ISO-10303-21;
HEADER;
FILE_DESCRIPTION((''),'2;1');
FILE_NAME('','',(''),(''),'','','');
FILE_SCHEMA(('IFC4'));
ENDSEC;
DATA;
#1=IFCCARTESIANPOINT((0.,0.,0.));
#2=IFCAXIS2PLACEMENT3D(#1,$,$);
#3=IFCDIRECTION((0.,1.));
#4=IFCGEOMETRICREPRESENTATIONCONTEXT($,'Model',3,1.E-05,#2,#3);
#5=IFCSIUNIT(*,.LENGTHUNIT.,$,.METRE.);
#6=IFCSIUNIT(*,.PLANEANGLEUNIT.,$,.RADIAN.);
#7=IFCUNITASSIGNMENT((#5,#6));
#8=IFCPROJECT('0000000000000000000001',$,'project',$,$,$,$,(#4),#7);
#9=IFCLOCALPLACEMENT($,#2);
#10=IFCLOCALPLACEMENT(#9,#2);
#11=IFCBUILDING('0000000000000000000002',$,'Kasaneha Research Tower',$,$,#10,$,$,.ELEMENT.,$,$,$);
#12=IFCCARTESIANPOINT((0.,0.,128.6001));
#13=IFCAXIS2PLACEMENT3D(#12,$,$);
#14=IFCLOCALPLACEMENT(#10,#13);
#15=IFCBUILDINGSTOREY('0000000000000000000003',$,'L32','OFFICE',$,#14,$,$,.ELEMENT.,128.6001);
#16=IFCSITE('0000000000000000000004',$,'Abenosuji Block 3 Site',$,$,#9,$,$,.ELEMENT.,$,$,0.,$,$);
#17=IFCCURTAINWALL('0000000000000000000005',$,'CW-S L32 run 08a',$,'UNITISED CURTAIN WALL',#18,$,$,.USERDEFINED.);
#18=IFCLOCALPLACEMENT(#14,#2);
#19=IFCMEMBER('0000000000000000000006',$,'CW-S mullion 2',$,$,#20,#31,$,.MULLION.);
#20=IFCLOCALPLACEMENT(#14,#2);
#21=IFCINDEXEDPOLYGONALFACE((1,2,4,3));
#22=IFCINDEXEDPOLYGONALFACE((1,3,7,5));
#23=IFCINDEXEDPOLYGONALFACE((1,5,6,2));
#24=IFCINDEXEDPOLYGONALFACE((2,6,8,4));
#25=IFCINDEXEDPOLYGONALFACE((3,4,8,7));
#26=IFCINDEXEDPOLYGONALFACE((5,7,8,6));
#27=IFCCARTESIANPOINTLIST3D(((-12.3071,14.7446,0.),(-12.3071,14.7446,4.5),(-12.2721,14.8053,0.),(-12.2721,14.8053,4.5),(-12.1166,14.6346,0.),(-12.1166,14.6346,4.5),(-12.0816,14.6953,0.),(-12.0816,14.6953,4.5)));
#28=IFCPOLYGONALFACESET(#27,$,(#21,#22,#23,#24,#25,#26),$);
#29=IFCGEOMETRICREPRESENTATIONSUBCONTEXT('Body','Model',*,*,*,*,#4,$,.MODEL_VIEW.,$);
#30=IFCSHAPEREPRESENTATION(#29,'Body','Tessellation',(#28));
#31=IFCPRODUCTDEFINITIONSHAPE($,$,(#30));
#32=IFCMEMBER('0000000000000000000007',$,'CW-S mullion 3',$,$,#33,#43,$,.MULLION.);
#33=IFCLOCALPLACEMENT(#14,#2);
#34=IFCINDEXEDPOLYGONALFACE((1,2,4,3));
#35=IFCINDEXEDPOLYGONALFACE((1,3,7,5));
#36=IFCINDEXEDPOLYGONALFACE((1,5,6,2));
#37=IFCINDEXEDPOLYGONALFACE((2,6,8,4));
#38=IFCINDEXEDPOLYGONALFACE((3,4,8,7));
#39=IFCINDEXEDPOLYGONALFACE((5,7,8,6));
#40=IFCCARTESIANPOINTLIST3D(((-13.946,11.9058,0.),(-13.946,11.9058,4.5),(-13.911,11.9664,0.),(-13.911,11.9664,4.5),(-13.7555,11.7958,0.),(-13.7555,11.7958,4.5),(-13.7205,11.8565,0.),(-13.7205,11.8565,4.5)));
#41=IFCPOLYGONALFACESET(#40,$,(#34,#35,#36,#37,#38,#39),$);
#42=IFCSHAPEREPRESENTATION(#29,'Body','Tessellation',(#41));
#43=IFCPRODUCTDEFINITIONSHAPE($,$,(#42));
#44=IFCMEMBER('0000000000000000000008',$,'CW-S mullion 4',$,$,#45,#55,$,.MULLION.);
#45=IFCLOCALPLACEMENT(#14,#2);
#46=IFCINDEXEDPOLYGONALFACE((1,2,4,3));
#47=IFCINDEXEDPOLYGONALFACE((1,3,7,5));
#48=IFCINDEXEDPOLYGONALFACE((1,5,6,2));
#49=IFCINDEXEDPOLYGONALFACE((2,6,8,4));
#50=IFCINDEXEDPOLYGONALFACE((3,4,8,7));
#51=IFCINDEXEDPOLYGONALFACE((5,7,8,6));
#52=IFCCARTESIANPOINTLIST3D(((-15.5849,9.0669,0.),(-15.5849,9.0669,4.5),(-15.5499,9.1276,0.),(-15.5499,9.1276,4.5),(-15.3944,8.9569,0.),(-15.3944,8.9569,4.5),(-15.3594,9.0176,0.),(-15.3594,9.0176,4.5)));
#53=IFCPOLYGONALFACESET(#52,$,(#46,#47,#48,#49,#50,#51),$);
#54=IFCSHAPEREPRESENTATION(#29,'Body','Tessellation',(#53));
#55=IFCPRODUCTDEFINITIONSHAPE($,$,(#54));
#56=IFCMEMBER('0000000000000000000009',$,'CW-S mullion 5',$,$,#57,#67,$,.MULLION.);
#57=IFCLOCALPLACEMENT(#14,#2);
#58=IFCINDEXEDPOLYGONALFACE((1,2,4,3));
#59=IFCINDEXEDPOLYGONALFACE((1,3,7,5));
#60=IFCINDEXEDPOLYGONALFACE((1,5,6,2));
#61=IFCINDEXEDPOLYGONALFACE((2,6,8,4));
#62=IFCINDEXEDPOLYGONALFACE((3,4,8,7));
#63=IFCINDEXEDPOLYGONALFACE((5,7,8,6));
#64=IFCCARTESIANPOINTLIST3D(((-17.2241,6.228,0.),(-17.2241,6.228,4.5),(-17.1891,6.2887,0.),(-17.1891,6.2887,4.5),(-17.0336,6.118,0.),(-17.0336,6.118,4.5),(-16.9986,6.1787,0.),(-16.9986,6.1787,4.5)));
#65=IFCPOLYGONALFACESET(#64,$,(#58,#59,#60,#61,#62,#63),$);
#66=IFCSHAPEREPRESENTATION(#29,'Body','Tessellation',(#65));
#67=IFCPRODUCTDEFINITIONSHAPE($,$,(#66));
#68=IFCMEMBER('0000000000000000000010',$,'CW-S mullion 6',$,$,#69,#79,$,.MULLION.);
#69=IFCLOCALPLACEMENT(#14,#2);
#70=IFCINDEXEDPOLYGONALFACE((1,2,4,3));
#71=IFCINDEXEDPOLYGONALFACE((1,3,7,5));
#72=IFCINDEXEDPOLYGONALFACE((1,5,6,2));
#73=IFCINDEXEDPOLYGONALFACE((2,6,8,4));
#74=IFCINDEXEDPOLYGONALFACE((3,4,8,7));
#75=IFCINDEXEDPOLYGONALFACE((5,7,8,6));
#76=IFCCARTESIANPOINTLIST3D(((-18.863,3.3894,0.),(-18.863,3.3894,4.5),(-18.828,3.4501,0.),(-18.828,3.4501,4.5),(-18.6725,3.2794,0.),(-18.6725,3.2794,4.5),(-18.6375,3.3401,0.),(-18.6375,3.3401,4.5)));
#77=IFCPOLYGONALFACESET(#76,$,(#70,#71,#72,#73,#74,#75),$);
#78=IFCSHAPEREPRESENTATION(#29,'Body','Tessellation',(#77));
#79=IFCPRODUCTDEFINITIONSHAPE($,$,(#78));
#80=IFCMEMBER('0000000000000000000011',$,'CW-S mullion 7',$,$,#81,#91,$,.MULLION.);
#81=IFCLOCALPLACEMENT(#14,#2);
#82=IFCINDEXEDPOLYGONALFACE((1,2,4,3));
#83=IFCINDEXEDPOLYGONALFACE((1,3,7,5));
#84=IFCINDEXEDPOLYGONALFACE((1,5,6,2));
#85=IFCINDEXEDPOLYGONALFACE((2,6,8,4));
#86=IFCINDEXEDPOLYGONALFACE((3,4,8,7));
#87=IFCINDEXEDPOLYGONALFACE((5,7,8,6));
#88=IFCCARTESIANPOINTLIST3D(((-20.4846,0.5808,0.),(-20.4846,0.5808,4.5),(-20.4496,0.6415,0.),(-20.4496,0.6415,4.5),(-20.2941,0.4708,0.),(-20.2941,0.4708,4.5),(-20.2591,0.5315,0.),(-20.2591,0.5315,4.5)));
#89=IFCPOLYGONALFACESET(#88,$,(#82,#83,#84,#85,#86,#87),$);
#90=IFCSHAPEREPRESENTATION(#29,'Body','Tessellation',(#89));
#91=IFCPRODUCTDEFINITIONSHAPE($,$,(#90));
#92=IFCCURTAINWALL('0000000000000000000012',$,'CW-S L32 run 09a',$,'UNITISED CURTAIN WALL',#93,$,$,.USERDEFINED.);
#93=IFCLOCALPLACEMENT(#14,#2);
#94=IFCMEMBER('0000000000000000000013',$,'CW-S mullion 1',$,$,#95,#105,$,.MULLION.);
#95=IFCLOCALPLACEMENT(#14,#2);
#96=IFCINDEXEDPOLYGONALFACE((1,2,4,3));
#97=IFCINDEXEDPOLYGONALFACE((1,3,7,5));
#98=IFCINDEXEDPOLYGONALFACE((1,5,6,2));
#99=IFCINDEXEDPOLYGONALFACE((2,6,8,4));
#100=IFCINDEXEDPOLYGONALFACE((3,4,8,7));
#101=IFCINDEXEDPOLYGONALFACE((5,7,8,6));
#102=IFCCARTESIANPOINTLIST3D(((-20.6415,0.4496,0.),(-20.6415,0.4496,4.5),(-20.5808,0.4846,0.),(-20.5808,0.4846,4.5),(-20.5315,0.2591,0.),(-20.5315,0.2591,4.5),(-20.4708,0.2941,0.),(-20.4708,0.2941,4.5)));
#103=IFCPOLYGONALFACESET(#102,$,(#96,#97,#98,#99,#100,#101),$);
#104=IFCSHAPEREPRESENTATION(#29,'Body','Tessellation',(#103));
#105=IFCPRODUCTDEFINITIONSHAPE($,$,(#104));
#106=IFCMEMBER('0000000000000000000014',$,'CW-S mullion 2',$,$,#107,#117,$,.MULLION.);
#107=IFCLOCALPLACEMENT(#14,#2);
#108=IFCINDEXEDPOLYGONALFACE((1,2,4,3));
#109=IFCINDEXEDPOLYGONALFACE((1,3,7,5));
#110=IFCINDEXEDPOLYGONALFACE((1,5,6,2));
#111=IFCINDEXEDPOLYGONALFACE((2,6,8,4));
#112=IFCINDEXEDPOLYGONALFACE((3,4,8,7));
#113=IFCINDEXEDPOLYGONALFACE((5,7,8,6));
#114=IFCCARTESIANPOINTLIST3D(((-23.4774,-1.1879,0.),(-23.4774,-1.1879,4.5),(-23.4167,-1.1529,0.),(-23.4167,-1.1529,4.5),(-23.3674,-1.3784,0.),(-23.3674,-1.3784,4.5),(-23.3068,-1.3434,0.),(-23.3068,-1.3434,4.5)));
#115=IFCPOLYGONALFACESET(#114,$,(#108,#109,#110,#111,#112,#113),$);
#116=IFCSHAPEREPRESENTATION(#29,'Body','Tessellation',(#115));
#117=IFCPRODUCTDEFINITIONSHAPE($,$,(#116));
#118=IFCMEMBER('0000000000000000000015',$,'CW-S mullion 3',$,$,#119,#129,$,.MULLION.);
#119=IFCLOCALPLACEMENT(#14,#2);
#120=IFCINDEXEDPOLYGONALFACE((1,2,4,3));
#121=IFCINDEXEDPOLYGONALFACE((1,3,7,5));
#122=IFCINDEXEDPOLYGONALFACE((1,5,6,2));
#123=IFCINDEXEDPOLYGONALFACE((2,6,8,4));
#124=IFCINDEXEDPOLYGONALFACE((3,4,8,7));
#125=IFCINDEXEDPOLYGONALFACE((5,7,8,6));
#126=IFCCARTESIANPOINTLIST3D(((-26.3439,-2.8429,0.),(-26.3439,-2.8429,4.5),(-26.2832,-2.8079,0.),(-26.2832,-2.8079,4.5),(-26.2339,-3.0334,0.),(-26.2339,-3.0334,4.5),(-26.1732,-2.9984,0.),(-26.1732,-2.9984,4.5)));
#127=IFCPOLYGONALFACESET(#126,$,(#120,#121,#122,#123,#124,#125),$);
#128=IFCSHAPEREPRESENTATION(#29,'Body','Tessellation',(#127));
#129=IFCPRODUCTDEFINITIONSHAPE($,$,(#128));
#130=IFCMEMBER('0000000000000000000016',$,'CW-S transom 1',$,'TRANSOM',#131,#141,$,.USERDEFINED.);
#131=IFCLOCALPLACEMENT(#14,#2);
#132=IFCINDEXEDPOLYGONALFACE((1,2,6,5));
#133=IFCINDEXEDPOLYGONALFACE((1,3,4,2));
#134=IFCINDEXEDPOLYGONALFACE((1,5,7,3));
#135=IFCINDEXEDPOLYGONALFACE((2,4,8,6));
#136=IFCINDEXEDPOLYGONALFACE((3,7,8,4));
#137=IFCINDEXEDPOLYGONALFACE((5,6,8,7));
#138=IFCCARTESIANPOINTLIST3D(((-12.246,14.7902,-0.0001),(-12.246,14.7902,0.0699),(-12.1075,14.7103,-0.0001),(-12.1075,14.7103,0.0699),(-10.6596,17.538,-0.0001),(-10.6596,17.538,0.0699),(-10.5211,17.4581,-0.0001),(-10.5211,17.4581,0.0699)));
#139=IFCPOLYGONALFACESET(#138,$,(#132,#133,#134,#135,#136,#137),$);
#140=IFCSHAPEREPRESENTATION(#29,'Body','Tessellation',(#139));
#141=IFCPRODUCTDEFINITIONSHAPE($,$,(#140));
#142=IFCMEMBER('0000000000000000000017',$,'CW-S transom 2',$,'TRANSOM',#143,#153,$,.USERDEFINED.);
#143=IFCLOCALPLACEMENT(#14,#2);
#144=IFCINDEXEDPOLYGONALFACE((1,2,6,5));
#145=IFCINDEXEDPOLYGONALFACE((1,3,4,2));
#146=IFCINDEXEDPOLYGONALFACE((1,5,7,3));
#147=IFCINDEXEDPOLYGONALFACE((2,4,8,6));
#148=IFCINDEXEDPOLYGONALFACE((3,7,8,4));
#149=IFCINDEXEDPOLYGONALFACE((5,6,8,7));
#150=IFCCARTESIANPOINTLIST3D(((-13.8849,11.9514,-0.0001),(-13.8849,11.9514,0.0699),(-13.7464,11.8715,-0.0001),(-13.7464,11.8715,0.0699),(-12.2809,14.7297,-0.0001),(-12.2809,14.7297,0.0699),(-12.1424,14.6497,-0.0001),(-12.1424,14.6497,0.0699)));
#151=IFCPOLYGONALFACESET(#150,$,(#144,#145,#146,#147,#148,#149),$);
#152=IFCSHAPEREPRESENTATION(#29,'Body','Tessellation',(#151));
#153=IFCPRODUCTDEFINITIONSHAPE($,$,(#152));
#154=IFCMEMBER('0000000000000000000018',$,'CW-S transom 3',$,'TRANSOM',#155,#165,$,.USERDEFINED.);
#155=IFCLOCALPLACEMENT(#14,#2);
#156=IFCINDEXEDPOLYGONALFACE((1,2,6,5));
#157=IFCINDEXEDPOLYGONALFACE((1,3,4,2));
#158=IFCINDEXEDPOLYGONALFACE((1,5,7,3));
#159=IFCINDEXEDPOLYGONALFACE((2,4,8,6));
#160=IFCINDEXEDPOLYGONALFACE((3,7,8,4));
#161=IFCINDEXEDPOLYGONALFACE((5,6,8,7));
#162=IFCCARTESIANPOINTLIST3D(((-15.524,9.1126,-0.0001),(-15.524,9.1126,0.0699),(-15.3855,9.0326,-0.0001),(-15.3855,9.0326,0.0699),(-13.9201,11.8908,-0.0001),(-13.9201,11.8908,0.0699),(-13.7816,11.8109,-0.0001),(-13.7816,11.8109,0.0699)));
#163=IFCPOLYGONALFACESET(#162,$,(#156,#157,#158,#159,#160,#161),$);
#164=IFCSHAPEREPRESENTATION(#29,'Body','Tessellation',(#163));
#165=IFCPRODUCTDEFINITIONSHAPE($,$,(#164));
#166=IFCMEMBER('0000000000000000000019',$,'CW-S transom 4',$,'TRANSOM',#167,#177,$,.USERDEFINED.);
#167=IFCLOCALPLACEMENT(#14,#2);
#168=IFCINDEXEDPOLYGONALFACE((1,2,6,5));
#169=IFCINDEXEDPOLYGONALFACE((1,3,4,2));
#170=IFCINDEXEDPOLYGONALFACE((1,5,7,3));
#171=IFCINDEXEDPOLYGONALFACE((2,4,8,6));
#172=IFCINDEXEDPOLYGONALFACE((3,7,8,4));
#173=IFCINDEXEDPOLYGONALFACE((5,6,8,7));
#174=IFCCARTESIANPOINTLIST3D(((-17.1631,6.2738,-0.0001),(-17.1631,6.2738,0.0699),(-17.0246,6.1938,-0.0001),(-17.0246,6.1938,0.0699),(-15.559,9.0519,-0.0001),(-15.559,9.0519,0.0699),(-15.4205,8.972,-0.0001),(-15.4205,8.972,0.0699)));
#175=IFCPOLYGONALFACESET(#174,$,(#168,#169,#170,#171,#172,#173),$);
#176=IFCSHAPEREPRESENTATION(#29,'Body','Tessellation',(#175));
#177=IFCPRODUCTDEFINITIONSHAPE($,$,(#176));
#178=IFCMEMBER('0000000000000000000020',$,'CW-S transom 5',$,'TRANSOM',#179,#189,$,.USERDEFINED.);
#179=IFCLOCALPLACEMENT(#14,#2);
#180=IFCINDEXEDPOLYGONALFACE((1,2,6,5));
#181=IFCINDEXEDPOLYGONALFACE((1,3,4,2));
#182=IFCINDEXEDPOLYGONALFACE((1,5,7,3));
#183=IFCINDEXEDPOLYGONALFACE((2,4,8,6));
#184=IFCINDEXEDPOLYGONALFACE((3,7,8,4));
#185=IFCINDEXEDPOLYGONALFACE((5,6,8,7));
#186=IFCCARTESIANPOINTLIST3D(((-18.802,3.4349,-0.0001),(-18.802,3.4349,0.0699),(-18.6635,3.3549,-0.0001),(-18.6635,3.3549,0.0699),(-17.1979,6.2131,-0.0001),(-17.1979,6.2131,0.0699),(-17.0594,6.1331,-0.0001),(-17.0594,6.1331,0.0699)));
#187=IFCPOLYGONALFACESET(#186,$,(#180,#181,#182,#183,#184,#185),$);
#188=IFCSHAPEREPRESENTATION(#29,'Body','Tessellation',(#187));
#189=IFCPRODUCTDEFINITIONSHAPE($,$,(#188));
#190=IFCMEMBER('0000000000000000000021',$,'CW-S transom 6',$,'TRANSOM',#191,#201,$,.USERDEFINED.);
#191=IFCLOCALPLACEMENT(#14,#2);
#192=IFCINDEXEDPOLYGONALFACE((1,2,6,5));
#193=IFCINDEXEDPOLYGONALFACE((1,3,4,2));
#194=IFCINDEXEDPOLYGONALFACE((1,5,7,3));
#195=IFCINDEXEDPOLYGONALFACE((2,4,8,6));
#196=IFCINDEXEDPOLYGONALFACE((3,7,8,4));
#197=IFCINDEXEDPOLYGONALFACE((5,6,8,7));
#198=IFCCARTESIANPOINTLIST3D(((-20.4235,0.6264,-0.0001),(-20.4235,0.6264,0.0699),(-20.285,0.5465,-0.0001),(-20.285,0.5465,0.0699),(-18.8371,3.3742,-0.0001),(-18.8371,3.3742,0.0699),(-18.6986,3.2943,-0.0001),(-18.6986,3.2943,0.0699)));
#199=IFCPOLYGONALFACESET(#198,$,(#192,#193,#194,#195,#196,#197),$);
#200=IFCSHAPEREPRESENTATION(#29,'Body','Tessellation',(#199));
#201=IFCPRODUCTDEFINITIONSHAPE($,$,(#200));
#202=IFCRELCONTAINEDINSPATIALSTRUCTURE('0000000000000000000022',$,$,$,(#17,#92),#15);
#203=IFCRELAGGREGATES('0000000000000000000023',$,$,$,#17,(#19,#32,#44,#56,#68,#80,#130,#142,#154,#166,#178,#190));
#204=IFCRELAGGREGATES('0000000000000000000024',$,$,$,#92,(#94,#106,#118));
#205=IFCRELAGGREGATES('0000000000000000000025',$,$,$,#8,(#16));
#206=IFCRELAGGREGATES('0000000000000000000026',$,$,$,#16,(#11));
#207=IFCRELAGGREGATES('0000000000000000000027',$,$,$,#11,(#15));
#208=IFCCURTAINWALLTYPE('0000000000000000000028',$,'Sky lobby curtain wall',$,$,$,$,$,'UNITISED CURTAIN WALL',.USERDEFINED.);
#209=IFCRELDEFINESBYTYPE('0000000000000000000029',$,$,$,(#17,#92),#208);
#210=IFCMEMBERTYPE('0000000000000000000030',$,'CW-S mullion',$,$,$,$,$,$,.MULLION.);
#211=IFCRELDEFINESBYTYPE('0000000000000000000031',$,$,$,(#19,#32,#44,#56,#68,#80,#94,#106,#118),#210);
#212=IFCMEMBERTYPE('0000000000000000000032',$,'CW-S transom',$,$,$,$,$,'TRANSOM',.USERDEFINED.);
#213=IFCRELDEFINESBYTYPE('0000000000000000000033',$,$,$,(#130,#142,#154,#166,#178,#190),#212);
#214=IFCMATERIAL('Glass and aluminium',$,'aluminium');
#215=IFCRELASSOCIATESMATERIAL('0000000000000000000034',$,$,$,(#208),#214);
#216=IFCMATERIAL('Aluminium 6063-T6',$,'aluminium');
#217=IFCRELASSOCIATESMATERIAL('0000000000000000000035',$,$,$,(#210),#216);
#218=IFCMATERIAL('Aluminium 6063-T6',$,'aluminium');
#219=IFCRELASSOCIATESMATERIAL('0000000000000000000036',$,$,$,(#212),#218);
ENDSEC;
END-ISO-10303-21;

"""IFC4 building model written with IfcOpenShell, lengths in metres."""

from ifc_helpers import new_model, si_unit, direction, frame, origin, origin_2d, place, context, subcontext, project, spatial, rectangle, extrude, material, material_profile, profile_set, type_object, element, aggregate, save


model = new_model("IFC4")

# Units and contexts
model_context = context("Model", 3, precision=1e-05, world=origin(), true_north=direction((0.0, 1.0)))
body_context = subcontext(model_context, "Body", "Model", "MODEL_VIEW")
ifc_project = project(units=[si_unit("LENGTHUNIT", "METRE"), si_unit("PLANEANGLEUNIT", "RADIAN")], contexts=[model_context])

# Site, building, storey
site_placement = place(None, origin())
site = spatial("IfcSite", under=ifc_project, at=site_placement, Name="Abenosuji Block 3 Site", CompositionType="ELEMENT", RefElevation=0.0)
building_placement = place(site_placement, origin())
building = spatial("IfcBuilding", under=site, at=building_placement, Name="Kasaneha Research Tower", CompositionType="ELEMENT")
storey_placement = place(building_placement, frame((0.0, 0.0, 128.6001)))
storey = spatial("IfcBuildingStorey", under=building, at=storey_placement, Name="L32", Description="OFFICE", CompositionType="ELEMENT", Elevation=128.6001)

# Curtain walls, members
ifc_material_1 = material(Name="Glass and aluminium", Category="aluminium")
curtain_wall_type = type_object("IfcCurtainWallType", Name="Sky lobby curtain wall", ElementType="UNITISED CURTAIN WALL", PredefinedType="USERDEFINED", material=ifc_material_1)
curtain_wall_1_placement = place(storey_placement, origin())
curtain_wall_1 = element("IfcCurtainWall", 1, at=curtain_wall_1_placement, inside=storey, type_object=curtain_wall_type, Name="CW-S L32 run 08a", ObjectType="UNITISED CURTAIN WALL", PredefinedType="USERDEFINED")
ifc_material_2 = material(Name="Aluminium 6063-T6", Category="aluminium")
ifc_material_profile_1 = material_profile(ifc_material_2, rectangle(XDim=0.0701, YDim=0.22, at=origin_2d()), Name="CW-S mullion 70x220")
ifc_profile_set_1 = profile_set([ifc_material_profile_1], Name="Aluminium 6063-T6")
member_type_1 = type_object("IfcMemberType", Name="CW-S mullion", PredefinedType="MULLION", material=ifc_profile_set_1)
member_1_placement = place(storey_placement, frame((-12.1943, 14.72, 0.0), z_axis=(0.0, 0.0, 1.0), x_axis=(-0.5, -0.866025, 0.0)))
member_1 = element("IfcMember", 2, at=member_1_placement, type_object=member_type_1, Name="CW-S mullion 2", PredefinedType="MULLION", context=body_context, shape_type="SweptSolid", body=[
    extrude(rectangle(XDim=0.0701, YDim=0.22, at=origin_2d()), origin(), (0.0, 0.0, 1.0), 4.5),
])
member_2_placement = place(storey_placement, frame((-13.8333, 11.8811, 0.0), z_axis=(0.0, 0.0, 1.0), x_axis=(-0.5, -0.866025, 0.0)))
member_2 = element("IfcMember", 3, at=member_2_placement, type_object=member_type_1, Name="CW-S mullion 3", PredefinedType="MULLION", context=body_context, shape_type="SweptSolid", body=[
    extrude(rectangle(XDim=0.0701, YDim=0.22, at=origin_2d()), origin(), (0.0, 0.0, 1.0), 4.5),
])
member_3_placement = place(storey_placement, frame((-15.4722, 9.0422, 0.0), z_axis=(0.0, 0.0, 1.0), x_axis=(-0.5, -0.866025, 0.0)))
member_3 = element("IfcMember", 4, at=member_3_placement, type_object=member_type_1, Name="CW-S mullion 4", PredefinedType="MULLION", context=body_context, shape_type="SweptSolid", body=[
    extrude(rectangle(XDim=0.0701, YDim=0.22, at=origin_2d()), origin(), (0.0, 0.0, 1.0), 4.5),
])
member_4_placement = place(storey_placement, frame((-17.1113, 6.2034, 0.0), z_axis=(0.0, 0.0, 1.0), x_axis=(-0.5, -0.866025, 0.0)))
member_4 = element("IfcMember", 5, at=member_4_placement, type_object=member_type_1, Name="CW-S mullion 5", PredefinedType="MULLION", context=body_context, shape_type="SweptSolid", body=[
    extrude(rectangle(XDim=0.0701, YDim=0.22, at=origin_2d()), origin(), (0.0, 0.0, 1.0), 4.5),
])
member_5_placement = place(storey_placement, frame((-18.7502, 3.3647, 0.0), z_axis=(0.0, 0.0, 1.0), x_axis=(-0.5, -0.866025, 0.0)))
member_5 = element("IfcMember", 6, at=member_5_placement, type_object=member_type_1, Name="CW-S mullion 6", PredefinedType="MULLION", context=body_context, shape_type="SweptSolid", body=[
    extrude(rectangle(XDim=0.0701, YDim=0.22, at=origin_2d()), origin(), (0.0, 0.0, 1.0), 4.5),
])
member_6_placement = place(storey_placement, frame((-20.3718, 0.5562, 0.0), z_axis=(0.0, 0.0, 1.0), x_axis=(-0.5, -0.866025, 0.0)))
member_6 = element("IfcMember", 7, at=member_6_placement, type_object=member_type_1, Name="CW-S mullion 7", PredefinedType="MULLION", context=body_context, shape_type="SweptSolid", body=[
    extrude(rectangle(XDim=0.0701, YDim=0.22, at=origin_2d()), origin(), (0.0, 0.0, 1.0), 4.5),
])
curtain_wall_2_placement = place(storey_placement, origin())
curtain_wall_2 = element("IfcCurtainWall", 8, at=curtain_wall_2_placement, inside=storey, type_object=curtain_wall_type, Name="CW-S L32 run 09a", ObjectType="UNITISED CURTAIN WALL", PredefinedType="USERDEFINED")
member_7_placement = place(storey_placement, frame((-20.5562, 0.3718, 0.0), z_axis=(0.0, 0.0, 1.0), x_axis=(-0.866025, -0.5, 0.0)))
member_7 = element("IfcMember", 9, at=member_7_placement, type_object=member_type_1, Name="CW-S mullion 1", PredefinedType="MULLION", context=body_context, shape_type="SweptSolid", body=[
    extrude(rectangle(XDim=0.0701, YDim=0.22, at=origin_2d()), origin(), (0.0, 0.0, 1.0), 4.5),
])
member_8_placement = place(storey_placement, frame((-23.3921, -1.2656, 0.0), z_axis=(0.0, 0.0, 1.0), x_axis=(-0.866025, -0.5, 0.0)))
member_8 = element("IfcMember", 10, at=member_8_placement, type_object=member_type_1, Name="CW-S mullion 2", PredefinedType="MULLION", context=body_context, shape_type="SweptSolid", body=[
    extrude(rectangle(XDim=0.0701, YDim=0.22, at=origin_2d()), origin(), (0.0, 0.0, 1.0), 4.5),
])
member_9_placement = place(storey_placement, frame((-26.2585, -2.9207, 0.0), z_axis=(0.0, 0.0, 1.0), x_axis=(-0.866025, -0.5, 0.0)))
member_9 = element("IfcMember", 11, at=member_9_placement, type_object=member_type_1, Name="CW-S mullion 3", PredefinedType="MULLION", context=body_context, shape_type="SweptSolid", body=[
    extrude(rectangle(XDim=0.0701, YDim=0.22, at=origin_2d()), origin(), (0.0, 0.0, 1.0), 4.5),
])

# Members
ifc_material_3 = material(Name="Aluminium 6063-T6", Category="aluminium")
ifc_material_profile_2 = material_profile(ifc_material_3, rectangle(XDim=0.1599, YDim=0.0701, at=origin_2d()), Name="CW-S transom 160x70")
ifc_profile_set_2 = profile_set([ifc_material_profile_2], Name="Aluminium 6063-T6")
member_type_2 = type_object("IfcMemberType", Name="CW-S transom", ElementType="TRANSOM", PredefinedType="USERDEFINED", material=ifc_profile_set_2)
member_10_placement = place(storey_placement, frame((-10.5903, 17.498, 0.0349), z_axis=(-0.499996, -0.866028, 0.0), x_axis=(0.866028, -0.499996, 0.0)))
member_10 = element("IfcMember", 12, at=member_10_placement, type_object=member_type_2, Name="CW-S transom 1", ObjectType="TRANSOM", PredefinedType="USERDEFINED", context=body_context, shape_type="SweptSolid", body=[
    extrude(rectangle(XDim=0.1599, YDim=0.0701, at=origin_2d()), origin(), (0.0, 0.0, 1.0), 3.1729),
])
member_11_placement = place(storey_placement, frame((-12.2117, 14.6897, 0.0349), z_axis=(-0.499986, -0.866034, 0.0), x_axis=(0.866034, -0.499986, 0.0)))
member_11 = element("IfcMember", 13, at=member_11_placement, type_object=member_type_2, Name="CW-S transom 2", ObjectType="TRANSOM", PredefinedType="USERDEFINED", context=body_context, shape_type="SweptSolid", body=[
    extrude(rectangle(XDim=0.1599, YDim=0.0701, at=origin_2d()), origin(), (0.0, 0.0, 1.0), 3.208),
])
member_12_placement = place(storey_placement, frame((-13.8508, 11.8508, 0.0349), z_axis=(-0.499986, -0.866034, 0.0), x_axis=(0.866034, -0.499986, 0.0)))
member_12 = element("IfcMember", 14, at=member_12_placement, type_object=member_type_2, Name="CW-S transom 3", ObjectType="TRANSOM", PredefinedType="USERDEFINED", context=body_context, shape_type="SweptSolid", body=[
    extrude(rectangle(XDim=0.1599, YDim=0.0701, at=origin_2d()), origin(), (0.0, 0.0, 1.0), 3.208),
])
member_13_placement = place(storey_placement, frame((-15.4897, 9.012, 0.0349), z_axis=(-0.500019, -0.866014, 0.0), x_axis=(0.866014, -0.500019, 0.0)))
member_13 = element("IfcMember", 15, at=member_13_placement, type_object=member_type_2, Name="CW-S transom 4", ObjectType="TRANSOM", PredefinedType="USERDEFINED", context=body_context, shape_type="SweptSolid", body=[
    extrude(rectangle(XDim=0.1599, YDim=0.0701, at=origin_2d()), origin(), (0.0, 0.0, 1.0), 3.208),
])
member_14_placement = place(storey_placement, frame((-17.1287, 6.1731, 0.0349), z_axis=(-0.500019, -0.866014, 0.0), x_axis=(0.866014, -0.500019, 0.0)))
member_14 = element("IfcMember", 16, at=member_14_placement, type_object=member_type_2, Name="CW-S transom 5", ObjectType="TRANSOM", PredefinedType="USERDEFINED", context=body_context, shape_type="SweptSolid", body=[
    extrude(rectangle(XDim=0.1599, YDim=0.0701, at=origin_2d()), origin(), (0.0, 0.0, 1.0), 3.208),
])
member_15_placement = place(storey_placement, frame((-18.7678, 3.3342, 0.0349), z_axis=(-0.499996, -0.866028, 0.0), x_axis=(0.866028, -0.499996, 0.0)))
member_15 = element("IfcMember", 17, at=member_15_placement, type_object=member_type_2, Name="CW-S transom 6", ObjectType="TRANSOM", PredefinedType="USERDEFINED", context=body_context, shape_type="SweptSolid", body=[
    extrude(rectangle(XDim=0.1599, YDim=0.0701, at=origin_2d()), origin(), (0.0, 0.0, 1.0), 3.1729),
])

aggregate(curtain_wall_1, [member_1, member_2, member_3, member_4, member_5, member_6, member_10, member_11, member_12, member_13, member_14, member_15])
aggregate(curtain_wall_2, [member_7, member_8, member_9])

save(model, "model.ifc")
